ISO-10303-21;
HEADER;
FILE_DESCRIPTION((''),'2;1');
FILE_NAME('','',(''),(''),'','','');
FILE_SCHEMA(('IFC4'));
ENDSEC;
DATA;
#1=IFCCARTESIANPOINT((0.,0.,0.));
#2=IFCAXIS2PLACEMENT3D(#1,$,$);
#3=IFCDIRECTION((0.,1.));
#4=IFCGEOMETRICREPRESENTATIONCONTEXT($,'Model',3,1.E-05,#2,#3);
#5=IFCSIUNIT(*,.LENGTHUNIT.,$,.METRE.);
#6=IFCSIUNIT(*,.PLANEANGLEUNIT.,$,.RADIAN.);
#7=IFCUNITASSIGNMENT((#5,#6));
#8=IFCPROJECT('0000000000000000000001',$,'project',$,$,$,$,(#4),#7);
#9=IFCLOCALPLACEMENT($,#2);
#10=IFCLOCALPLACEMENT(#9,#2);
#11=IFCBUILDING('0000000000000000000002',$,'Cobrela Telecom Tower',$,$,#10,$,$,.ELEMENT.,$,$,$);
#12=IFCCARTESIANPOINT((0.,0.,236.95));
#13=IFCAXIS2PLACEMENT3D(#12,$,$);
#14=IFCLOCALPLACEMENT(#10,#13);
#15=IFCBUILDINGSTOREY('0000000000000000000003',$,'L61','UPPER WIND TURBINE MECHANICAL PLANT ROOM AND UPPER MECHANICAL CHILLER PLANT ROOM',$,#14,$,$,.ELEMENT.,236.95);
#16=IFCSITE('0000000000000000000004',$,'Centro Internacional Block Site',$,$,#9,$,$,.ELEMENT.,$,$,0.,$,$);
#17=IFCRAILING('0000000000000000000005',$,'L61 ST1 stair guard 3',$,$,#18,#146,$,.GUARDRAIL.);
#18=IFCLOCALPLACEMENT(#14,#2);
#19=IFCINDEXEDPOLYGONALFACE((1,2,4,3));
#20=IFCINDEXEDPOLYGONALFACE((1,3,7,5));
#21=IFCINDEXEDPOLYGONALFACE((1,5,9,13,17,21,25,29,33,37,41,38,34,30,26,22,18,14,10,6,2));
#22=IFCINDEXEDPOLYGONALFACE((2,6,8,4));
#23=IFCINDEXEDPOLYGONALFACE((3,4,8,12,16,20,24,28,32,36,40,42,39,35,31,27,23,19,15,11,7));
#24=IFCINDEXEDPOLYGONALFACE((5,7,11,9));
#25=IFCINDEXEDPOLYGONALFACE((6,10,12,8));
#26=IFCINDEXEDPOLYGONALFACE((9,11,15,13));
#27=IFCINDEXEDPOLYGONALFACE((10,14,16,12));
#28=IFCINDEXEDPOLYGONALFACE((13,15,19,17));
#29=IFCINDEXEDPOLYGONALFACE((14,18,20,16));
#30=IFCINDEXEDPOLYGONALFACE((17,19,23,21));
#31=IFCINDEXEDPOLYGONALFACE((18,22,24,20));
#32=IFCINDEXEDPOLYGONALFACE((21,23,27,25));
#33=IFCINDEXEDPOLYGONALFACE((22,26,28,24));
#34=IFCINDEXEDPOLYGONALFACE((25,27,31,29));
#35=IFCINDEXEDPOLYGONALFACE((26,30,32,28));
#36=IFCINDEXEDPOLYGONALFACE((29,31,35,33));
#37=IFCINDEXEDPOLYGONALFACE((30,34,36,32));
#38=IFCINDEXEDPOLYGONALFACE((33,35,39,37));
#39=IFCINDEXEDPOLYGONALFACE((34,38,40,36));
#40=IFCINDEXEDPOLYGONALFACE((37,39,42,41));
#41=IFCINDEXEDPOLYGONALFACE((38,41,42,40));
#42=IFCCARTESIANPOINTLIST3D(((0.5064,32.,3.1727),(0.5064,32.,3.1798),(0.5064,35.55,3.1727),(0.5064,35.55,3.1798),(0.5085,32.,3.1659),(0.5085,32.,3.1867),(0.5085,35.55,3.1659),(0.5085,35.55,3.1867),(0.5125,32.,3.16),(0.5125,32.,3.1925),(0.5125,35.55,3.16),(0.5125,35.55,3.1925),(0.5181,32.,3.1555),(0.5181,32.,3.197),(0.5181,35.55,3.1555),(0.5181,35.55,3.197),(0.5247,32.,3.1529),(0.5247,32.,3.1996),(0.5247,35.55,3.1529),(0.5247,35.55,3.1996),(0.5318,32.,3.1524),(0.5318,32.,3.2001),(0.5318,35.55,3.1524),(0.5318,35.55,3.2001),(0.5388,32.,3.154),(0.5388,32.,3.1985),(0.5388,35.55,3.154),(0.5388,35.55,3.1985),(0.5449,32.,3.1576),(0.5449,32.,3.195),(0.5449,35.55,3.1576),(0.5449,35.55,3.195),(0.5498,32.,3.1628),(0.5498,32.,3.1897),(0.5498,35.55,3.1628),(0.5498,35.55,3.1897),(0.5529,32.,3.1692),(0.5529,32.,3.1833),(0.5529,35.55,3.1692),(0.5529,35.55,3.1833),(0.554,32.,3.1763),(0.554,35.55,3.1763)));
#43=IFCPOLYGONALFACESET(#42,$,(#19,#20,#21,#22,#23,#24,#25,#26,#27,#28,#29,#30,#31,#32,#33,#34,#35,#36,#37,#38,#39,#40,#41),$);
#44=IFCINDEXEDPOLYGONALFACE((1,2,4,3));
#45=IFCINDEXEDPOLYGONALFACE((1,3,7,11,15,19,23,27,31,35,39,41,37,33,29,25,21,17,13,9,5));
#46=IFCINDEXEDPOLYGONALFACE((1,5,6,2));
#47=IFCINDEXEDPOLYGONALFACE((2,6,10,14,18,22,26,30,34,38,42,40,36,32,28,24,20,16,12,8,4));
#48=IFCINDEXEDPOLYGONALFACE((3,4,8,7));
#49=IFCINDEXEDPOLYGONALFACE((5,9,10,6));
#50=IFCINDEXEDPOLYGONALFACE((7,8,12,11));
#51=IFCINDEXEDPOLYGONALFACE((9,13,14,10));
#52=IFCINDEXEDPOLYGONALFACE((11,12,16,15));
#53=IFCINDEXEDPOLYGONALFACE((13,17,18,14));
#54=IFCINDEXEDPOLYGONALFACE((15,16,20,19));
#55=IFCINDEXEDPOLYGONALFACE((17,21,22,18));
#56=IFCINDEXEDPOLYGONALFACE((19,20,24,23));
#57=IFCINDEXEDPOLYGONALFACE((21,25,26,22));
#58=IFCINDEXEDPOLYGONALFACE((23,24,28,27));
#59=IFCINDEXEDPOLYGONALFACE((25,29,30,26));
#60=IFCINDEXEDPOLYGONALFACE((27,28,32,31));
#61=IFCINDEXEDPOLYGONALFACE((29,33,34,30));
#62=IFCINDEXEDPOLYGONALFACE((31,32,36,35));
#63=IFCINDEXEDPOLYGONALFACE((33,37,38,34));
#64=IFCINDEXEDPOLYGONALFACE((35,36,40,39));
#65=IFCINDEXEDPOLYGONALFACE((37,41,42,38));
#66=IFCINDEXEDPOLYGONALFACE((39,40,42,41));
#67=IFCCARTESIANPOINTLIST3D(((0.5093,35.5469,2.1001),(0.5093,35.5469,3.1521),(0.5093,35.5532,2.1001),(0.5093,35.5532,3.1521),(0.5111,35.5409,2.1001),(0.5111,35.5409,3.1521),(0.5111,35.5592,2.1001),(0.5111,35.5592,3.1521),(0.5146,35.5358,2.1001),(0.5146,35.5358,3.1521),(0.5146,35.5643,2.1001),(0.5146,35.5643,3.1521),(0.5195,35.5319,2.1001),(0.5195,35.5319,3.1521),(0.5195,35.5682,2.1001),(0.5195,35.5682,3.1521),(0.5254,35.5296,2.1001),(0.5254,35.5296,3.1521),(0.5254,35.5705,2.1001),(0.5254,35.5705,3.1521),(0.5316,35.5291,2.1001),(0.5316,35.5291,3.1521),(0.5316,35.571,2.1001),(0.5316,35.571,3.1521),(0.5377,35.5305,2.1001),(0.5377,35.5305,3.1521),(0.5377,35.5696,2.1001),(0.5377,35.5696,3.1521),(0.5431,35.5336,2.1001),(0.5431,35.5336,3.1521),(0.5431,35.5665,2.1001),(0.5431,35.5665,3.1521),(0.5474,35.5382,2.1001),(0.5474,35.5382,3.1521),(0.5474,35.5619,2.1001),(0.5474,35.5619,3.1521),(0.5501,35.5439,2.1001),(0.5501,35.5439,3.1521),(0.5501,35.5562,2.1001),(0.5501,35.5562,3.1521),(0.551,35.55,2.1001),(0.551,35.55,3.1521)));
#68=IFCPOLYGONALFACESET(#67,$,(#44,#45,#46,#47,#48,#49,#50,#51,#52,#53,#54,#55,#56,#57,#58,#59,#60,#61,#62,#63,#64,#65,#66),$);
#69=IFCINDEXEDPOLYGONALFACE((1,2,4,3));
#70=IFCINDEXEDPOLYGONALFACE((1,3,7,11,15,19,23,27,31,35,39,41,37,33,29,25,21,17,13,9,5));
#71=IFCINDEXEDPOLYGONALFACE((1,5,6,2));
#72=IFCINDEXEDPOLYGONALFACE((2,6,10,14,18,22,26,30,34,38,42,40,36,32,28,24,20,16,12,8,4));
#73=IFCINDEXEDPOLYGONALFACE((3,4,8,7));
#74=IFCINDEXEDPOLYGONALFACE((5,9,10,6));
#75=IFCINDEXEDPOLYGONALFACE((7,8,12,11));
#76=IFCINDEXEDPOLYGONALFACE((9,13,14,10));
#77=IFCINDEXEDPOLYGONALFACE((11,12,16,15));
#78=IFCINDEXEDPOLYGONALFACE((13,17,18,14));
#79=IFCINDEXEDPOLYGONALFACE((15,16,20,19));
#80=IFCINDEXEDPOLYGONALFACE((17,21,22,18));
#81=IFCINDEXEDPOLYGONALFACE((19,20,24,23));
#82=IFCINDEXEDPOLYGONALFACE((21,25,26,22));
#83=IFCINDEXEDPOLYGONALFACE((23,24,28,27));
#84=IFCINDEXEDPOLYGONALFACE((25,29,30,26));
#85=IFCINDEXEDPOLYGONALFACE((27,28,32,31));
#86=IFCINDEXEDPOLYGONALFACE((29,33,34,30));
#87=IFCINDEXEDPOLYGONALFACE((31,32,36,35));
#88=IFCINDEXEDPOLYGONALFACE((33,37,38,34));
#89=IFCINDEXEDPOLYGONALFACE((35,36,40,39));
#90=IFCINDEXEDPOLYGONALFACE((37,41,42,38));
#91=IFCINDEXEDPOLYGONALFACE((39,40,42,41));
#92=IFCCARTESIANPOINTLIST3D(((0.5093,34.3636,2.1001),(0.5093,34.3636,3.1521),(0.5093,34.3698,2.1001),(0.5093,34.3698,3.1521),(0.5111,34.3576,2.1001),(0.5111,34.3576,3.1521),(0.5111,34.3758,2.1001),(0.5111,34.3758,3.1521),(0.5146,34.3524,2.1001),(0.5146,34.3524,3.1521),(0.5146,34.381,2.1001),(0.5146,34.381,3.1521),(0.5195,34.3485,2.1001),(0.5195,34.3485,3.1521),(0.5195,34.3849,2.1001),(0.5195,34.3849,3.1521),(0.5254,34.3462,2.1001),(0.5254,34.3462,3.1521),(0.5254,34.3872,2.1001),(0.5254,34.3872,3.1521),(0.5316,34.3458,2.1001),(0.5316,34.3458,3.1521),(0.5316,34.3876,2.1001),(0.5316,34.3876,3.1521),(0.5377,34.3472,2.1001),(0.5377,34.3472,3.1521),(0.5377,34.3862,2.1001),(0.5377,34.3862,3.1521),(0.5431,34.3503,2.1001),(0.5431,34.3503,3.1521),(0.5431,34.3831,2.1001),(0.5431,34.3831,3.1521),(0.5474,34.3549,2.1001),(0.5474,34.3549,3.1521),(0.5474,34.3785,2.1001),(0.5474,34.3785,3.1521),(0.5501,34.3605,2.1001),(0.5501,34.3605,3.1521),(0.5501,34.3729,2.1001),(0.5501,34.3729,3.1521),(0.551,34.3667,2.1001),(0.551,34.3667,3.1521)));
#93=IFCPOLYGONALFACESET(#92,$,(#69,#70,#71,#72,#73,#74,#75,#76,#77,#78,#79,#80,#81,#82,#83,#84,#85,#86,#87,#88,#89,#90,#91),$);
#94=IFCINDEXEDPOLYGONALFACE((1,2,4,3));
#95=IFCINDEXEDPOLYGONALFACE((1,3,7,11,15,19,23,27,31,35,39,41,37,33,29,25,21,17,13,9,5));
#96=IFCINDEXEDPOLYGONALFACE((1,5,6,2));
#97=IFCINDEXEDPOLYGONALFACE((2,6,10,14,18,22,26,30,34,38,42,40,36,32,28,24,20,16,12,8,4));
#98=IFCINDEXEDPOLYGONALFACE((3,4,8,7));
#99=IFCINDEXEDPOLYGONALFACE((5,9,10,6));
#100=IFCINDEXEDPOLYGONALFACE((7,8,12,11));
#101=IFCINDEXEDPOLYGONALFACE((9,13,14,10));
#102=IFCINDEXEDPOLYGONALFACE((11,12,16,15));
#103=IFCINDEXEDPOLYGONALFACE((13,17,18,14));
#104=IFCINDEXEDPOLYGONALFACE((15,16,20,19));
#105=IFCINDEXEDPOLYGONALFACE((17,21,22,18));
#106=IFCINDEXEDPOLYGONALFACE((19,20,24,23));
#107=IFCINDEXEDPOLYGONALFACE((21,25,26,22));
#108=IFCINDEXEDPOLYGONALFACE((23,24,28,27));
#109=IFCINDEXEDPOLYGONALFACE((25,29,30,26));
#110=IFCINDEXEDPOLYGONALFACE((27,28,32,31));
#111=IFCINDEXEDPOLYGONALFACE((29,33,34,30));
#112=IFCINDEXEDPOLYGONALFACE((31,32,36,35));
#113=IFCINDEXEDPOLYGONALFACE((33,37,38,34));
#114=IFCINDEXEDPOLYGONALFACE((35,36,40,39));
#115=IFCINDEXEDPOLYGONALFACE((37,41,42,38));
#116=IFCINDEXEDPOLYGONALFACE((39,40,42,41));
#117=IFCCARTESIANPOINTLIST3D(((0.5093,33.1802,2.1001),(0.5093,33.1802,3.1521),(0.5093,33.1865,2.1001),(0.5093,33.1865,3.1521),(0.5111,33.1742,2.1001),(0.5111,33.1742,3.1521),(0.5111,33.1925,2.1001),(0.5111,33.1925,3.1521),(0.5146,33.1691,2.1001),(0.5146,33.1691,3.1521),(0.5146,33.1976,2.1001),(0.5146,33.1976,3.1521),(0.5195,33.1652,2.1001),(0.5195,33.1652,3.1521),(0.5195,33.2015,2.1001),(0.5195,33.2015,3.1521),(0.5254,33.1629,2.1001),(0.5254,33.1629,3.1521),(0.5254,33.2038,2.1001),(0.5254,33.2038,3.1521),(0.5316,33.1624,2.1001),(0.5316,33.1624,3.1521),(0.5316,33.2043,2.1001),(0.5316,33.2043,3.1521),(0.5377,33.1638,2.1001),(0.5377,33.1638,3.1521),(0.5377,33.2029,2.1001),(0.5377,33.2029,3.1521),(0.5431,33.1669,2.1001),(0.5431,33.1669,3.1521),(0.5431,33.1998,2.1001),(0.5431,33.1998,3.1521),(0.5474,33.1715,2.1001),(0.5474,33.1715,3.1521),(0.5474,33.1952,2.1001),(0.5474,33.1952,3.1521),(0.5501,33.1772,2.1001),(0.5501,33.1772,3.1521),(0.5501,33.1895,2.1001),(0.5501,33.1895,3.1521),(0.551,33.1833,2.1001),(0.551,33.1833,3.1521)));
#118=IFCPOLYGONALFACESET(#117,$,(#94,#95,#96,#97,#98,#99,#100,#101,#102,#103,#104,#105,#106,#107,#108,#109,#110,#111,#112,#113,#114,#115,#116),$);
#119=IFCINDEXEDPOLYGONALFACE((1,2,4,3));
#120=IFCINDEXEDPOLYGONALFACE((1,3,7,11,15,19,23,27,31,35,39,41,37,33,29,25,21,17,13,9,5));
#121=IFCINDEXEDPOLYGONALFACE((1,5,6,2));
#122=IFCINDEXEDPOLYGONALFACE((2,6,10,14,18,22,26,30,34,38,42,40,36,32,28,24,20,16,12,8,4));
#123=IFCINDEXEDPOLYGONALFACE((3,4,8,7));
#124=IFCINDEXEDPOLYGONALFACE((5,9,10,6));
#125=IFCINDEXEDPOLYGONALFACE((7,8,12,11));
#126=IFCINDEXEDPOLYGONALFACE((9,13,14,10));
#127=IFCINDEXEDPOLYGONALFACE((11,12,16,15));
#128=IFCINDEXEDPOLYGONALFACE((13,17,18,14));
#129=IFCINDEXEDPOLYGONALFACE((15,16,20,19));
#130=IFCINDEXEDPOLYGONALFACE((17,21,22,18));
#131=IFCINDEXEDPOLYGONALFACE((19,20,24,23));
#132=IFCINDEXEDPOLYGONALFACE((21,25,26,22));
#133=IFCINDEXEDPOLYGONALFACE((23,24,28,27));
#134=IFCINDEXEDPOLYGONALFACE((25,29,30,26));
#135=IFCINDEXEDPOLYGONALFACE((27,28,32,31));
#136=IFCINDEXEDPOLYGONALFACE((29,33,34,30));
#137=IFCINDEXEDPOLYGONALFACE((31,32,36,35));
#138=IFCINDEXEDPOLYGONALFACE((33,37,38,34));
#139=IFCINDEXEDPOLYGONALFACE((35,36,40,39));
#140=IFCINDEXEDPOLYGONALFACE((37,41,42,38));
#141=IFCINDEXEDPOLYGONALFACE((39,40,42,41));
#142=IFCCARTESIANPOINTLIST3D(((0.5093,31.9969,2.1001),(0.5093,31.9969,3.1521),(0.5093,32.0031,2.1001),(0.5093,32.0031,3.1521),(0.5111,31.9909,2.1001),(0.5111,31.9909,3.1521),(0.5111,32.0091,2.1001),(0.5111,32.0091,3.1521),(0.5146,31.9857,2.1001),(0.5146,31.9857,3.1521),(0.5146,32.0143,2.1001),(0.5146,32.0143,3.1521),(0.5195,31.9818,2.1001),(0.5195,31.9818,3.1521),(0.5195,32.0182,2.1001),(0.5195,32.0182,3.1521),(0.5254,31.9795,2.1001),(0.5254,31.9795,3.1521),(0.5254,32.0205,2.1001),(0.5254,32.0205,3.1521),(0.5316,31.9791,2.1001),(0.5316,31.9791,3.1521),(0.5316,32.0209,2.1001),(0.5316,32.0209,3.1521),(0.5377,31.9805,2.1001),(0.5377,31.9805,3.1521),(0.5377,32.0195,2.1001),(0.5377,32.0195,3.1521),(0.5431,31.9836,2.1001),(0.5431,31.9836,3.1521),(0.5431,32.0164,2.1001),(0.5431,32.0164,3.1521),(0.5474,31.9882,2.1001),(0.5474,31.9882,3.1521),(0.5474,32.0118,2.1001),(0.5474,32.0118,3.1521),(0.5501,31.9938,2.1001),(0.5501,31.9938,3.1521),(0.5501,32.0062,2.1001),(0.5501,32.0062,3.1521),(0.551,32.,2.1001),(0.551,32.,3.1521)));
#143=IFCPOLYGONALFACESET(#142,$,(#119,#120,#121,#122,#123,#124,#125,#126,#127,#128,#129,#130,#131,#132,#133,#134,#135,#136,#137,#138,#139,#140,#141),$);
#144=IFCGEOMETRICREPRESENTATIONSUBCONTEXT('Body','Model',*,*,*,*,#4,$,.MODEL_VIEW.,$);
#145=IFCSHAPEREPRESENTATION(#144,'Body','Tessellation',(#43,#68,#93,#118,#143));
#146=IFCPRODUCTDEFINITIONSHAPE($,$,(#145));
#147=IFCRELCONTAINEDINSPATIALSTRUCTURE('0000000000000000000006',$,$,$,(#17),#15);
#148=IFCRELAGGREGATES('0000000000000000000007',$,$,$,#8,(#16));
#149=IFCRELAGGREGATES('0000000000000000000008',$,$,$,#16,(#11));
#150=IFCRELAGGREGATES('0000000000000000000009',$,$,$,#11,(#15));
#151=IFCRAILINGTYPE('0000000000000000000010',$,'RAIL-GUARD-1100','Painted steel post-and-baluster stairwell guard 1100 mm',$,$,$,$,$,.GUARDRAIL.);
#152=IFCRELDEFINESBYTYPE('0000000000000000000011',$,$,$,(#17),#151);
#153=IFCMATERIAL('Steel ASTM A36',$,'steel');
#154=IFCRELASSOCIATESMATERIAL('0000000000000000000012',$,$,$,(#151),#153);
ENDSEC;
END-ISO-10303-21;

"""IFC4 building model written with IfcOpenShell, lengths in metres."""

from ifc_helpers import new_model, si_unit, direction, frame, origin, origin_2d, place, context, subcontext, project, spatial, circle, extrude, material, type_object, element, save


model = new_model("IFC4")

# Units and contexts
model_context = context("Model", 3, precision=1e-05, world=origin(), true_north=direction((0.0, 1.0)))
body_context = subcontext(model_context, "Body", "Model", "MODEL_VIEW")
ifc_project = project(units=[si_unit("LENGTHUNIT", "METRE"), si_unit("PLANEANGLEUNIT", "RADIAN")], contexts=[model_context])

# Site, building, storey
site_placement = place(None, origin())
site = spatial("IfcSite", under=ifc_project, at=site_placement, Name="Centro Internacional Block Site", CompositionType="ELEMENT", RefElevation=0.0)
building_placement = place(site_placement, origin())
building = spatial("IfcBuilding", under=site, at=building_placement, Name="Cobrela Telecom Tower", CompositionType="ELEMENT")
storey_placement = place(building_placement, frame((0.0, 0.0, 236.95)))
storey = spatial("IfcBuildingStorey", under=building, at=storey_placement, Name="L61", Description="UPPER WIND TURBINE MECHANICAL PLANT ROOM AND UPPER MECHANICAL CHILLER PLANT ROOM", CompositionType="ELEMENT", Elevation=236.95)

# Shared definitions
ifc_material_1 = material(Name="Steel ASTM A36", Category="steel")

# Railing
railing_type_1 = type_object("IfcRailingType", Name="RAIL-GUARD-1100", Description="Painted steel post-and-baluster stairwell guard 1100 mm", PredefinedType="GUARDRAIL", material=ifc_material_1)
railing_1_placement = place(storey_placement, frame((0.53, 35.55, 2.1001)))
element("IfcRailing", 1, at=railing_1_placement, inside=storey, type_object=railing_type_1, Name="L61 ST1 stair guard 3", PredefinedType="GUARDRAIL", context=body_context, shape_type="SweptSolid", body=[
    extrude(circle(Radius=0.0239, at=origin_2d()), frame((0.0, 0.0, 1.0762), z_axis=(0.0, -1.0, 0.0), x_axis=(1.0, 0.0, 0.0)), (0.0, 0.0, 1.0), 3.55),
    extrude(circle(Radius=0.021, at=origin_2d()), origin(), (0.0, 0.0, 1.0), 1.052),
    extrude(circle(Radius=0.021, at=origin_2d()), frame((0.0, -1.1833, 0.0)), (0.0, 0.0, 1.0), 1.052),
    extrude(circle(Radius=0.021, at=origin_2d()), frame((0.0, -2.3667, 0.0)), (0.0, 0.0, 1.0), 1.052),
    extrude(circle(Radius=0.021, at=origin_2d()), frame((0.0, -3.55, 0.0)), (0.0, 0.0, 1.0), 1.052),
])

save(model, "model.ifc")
